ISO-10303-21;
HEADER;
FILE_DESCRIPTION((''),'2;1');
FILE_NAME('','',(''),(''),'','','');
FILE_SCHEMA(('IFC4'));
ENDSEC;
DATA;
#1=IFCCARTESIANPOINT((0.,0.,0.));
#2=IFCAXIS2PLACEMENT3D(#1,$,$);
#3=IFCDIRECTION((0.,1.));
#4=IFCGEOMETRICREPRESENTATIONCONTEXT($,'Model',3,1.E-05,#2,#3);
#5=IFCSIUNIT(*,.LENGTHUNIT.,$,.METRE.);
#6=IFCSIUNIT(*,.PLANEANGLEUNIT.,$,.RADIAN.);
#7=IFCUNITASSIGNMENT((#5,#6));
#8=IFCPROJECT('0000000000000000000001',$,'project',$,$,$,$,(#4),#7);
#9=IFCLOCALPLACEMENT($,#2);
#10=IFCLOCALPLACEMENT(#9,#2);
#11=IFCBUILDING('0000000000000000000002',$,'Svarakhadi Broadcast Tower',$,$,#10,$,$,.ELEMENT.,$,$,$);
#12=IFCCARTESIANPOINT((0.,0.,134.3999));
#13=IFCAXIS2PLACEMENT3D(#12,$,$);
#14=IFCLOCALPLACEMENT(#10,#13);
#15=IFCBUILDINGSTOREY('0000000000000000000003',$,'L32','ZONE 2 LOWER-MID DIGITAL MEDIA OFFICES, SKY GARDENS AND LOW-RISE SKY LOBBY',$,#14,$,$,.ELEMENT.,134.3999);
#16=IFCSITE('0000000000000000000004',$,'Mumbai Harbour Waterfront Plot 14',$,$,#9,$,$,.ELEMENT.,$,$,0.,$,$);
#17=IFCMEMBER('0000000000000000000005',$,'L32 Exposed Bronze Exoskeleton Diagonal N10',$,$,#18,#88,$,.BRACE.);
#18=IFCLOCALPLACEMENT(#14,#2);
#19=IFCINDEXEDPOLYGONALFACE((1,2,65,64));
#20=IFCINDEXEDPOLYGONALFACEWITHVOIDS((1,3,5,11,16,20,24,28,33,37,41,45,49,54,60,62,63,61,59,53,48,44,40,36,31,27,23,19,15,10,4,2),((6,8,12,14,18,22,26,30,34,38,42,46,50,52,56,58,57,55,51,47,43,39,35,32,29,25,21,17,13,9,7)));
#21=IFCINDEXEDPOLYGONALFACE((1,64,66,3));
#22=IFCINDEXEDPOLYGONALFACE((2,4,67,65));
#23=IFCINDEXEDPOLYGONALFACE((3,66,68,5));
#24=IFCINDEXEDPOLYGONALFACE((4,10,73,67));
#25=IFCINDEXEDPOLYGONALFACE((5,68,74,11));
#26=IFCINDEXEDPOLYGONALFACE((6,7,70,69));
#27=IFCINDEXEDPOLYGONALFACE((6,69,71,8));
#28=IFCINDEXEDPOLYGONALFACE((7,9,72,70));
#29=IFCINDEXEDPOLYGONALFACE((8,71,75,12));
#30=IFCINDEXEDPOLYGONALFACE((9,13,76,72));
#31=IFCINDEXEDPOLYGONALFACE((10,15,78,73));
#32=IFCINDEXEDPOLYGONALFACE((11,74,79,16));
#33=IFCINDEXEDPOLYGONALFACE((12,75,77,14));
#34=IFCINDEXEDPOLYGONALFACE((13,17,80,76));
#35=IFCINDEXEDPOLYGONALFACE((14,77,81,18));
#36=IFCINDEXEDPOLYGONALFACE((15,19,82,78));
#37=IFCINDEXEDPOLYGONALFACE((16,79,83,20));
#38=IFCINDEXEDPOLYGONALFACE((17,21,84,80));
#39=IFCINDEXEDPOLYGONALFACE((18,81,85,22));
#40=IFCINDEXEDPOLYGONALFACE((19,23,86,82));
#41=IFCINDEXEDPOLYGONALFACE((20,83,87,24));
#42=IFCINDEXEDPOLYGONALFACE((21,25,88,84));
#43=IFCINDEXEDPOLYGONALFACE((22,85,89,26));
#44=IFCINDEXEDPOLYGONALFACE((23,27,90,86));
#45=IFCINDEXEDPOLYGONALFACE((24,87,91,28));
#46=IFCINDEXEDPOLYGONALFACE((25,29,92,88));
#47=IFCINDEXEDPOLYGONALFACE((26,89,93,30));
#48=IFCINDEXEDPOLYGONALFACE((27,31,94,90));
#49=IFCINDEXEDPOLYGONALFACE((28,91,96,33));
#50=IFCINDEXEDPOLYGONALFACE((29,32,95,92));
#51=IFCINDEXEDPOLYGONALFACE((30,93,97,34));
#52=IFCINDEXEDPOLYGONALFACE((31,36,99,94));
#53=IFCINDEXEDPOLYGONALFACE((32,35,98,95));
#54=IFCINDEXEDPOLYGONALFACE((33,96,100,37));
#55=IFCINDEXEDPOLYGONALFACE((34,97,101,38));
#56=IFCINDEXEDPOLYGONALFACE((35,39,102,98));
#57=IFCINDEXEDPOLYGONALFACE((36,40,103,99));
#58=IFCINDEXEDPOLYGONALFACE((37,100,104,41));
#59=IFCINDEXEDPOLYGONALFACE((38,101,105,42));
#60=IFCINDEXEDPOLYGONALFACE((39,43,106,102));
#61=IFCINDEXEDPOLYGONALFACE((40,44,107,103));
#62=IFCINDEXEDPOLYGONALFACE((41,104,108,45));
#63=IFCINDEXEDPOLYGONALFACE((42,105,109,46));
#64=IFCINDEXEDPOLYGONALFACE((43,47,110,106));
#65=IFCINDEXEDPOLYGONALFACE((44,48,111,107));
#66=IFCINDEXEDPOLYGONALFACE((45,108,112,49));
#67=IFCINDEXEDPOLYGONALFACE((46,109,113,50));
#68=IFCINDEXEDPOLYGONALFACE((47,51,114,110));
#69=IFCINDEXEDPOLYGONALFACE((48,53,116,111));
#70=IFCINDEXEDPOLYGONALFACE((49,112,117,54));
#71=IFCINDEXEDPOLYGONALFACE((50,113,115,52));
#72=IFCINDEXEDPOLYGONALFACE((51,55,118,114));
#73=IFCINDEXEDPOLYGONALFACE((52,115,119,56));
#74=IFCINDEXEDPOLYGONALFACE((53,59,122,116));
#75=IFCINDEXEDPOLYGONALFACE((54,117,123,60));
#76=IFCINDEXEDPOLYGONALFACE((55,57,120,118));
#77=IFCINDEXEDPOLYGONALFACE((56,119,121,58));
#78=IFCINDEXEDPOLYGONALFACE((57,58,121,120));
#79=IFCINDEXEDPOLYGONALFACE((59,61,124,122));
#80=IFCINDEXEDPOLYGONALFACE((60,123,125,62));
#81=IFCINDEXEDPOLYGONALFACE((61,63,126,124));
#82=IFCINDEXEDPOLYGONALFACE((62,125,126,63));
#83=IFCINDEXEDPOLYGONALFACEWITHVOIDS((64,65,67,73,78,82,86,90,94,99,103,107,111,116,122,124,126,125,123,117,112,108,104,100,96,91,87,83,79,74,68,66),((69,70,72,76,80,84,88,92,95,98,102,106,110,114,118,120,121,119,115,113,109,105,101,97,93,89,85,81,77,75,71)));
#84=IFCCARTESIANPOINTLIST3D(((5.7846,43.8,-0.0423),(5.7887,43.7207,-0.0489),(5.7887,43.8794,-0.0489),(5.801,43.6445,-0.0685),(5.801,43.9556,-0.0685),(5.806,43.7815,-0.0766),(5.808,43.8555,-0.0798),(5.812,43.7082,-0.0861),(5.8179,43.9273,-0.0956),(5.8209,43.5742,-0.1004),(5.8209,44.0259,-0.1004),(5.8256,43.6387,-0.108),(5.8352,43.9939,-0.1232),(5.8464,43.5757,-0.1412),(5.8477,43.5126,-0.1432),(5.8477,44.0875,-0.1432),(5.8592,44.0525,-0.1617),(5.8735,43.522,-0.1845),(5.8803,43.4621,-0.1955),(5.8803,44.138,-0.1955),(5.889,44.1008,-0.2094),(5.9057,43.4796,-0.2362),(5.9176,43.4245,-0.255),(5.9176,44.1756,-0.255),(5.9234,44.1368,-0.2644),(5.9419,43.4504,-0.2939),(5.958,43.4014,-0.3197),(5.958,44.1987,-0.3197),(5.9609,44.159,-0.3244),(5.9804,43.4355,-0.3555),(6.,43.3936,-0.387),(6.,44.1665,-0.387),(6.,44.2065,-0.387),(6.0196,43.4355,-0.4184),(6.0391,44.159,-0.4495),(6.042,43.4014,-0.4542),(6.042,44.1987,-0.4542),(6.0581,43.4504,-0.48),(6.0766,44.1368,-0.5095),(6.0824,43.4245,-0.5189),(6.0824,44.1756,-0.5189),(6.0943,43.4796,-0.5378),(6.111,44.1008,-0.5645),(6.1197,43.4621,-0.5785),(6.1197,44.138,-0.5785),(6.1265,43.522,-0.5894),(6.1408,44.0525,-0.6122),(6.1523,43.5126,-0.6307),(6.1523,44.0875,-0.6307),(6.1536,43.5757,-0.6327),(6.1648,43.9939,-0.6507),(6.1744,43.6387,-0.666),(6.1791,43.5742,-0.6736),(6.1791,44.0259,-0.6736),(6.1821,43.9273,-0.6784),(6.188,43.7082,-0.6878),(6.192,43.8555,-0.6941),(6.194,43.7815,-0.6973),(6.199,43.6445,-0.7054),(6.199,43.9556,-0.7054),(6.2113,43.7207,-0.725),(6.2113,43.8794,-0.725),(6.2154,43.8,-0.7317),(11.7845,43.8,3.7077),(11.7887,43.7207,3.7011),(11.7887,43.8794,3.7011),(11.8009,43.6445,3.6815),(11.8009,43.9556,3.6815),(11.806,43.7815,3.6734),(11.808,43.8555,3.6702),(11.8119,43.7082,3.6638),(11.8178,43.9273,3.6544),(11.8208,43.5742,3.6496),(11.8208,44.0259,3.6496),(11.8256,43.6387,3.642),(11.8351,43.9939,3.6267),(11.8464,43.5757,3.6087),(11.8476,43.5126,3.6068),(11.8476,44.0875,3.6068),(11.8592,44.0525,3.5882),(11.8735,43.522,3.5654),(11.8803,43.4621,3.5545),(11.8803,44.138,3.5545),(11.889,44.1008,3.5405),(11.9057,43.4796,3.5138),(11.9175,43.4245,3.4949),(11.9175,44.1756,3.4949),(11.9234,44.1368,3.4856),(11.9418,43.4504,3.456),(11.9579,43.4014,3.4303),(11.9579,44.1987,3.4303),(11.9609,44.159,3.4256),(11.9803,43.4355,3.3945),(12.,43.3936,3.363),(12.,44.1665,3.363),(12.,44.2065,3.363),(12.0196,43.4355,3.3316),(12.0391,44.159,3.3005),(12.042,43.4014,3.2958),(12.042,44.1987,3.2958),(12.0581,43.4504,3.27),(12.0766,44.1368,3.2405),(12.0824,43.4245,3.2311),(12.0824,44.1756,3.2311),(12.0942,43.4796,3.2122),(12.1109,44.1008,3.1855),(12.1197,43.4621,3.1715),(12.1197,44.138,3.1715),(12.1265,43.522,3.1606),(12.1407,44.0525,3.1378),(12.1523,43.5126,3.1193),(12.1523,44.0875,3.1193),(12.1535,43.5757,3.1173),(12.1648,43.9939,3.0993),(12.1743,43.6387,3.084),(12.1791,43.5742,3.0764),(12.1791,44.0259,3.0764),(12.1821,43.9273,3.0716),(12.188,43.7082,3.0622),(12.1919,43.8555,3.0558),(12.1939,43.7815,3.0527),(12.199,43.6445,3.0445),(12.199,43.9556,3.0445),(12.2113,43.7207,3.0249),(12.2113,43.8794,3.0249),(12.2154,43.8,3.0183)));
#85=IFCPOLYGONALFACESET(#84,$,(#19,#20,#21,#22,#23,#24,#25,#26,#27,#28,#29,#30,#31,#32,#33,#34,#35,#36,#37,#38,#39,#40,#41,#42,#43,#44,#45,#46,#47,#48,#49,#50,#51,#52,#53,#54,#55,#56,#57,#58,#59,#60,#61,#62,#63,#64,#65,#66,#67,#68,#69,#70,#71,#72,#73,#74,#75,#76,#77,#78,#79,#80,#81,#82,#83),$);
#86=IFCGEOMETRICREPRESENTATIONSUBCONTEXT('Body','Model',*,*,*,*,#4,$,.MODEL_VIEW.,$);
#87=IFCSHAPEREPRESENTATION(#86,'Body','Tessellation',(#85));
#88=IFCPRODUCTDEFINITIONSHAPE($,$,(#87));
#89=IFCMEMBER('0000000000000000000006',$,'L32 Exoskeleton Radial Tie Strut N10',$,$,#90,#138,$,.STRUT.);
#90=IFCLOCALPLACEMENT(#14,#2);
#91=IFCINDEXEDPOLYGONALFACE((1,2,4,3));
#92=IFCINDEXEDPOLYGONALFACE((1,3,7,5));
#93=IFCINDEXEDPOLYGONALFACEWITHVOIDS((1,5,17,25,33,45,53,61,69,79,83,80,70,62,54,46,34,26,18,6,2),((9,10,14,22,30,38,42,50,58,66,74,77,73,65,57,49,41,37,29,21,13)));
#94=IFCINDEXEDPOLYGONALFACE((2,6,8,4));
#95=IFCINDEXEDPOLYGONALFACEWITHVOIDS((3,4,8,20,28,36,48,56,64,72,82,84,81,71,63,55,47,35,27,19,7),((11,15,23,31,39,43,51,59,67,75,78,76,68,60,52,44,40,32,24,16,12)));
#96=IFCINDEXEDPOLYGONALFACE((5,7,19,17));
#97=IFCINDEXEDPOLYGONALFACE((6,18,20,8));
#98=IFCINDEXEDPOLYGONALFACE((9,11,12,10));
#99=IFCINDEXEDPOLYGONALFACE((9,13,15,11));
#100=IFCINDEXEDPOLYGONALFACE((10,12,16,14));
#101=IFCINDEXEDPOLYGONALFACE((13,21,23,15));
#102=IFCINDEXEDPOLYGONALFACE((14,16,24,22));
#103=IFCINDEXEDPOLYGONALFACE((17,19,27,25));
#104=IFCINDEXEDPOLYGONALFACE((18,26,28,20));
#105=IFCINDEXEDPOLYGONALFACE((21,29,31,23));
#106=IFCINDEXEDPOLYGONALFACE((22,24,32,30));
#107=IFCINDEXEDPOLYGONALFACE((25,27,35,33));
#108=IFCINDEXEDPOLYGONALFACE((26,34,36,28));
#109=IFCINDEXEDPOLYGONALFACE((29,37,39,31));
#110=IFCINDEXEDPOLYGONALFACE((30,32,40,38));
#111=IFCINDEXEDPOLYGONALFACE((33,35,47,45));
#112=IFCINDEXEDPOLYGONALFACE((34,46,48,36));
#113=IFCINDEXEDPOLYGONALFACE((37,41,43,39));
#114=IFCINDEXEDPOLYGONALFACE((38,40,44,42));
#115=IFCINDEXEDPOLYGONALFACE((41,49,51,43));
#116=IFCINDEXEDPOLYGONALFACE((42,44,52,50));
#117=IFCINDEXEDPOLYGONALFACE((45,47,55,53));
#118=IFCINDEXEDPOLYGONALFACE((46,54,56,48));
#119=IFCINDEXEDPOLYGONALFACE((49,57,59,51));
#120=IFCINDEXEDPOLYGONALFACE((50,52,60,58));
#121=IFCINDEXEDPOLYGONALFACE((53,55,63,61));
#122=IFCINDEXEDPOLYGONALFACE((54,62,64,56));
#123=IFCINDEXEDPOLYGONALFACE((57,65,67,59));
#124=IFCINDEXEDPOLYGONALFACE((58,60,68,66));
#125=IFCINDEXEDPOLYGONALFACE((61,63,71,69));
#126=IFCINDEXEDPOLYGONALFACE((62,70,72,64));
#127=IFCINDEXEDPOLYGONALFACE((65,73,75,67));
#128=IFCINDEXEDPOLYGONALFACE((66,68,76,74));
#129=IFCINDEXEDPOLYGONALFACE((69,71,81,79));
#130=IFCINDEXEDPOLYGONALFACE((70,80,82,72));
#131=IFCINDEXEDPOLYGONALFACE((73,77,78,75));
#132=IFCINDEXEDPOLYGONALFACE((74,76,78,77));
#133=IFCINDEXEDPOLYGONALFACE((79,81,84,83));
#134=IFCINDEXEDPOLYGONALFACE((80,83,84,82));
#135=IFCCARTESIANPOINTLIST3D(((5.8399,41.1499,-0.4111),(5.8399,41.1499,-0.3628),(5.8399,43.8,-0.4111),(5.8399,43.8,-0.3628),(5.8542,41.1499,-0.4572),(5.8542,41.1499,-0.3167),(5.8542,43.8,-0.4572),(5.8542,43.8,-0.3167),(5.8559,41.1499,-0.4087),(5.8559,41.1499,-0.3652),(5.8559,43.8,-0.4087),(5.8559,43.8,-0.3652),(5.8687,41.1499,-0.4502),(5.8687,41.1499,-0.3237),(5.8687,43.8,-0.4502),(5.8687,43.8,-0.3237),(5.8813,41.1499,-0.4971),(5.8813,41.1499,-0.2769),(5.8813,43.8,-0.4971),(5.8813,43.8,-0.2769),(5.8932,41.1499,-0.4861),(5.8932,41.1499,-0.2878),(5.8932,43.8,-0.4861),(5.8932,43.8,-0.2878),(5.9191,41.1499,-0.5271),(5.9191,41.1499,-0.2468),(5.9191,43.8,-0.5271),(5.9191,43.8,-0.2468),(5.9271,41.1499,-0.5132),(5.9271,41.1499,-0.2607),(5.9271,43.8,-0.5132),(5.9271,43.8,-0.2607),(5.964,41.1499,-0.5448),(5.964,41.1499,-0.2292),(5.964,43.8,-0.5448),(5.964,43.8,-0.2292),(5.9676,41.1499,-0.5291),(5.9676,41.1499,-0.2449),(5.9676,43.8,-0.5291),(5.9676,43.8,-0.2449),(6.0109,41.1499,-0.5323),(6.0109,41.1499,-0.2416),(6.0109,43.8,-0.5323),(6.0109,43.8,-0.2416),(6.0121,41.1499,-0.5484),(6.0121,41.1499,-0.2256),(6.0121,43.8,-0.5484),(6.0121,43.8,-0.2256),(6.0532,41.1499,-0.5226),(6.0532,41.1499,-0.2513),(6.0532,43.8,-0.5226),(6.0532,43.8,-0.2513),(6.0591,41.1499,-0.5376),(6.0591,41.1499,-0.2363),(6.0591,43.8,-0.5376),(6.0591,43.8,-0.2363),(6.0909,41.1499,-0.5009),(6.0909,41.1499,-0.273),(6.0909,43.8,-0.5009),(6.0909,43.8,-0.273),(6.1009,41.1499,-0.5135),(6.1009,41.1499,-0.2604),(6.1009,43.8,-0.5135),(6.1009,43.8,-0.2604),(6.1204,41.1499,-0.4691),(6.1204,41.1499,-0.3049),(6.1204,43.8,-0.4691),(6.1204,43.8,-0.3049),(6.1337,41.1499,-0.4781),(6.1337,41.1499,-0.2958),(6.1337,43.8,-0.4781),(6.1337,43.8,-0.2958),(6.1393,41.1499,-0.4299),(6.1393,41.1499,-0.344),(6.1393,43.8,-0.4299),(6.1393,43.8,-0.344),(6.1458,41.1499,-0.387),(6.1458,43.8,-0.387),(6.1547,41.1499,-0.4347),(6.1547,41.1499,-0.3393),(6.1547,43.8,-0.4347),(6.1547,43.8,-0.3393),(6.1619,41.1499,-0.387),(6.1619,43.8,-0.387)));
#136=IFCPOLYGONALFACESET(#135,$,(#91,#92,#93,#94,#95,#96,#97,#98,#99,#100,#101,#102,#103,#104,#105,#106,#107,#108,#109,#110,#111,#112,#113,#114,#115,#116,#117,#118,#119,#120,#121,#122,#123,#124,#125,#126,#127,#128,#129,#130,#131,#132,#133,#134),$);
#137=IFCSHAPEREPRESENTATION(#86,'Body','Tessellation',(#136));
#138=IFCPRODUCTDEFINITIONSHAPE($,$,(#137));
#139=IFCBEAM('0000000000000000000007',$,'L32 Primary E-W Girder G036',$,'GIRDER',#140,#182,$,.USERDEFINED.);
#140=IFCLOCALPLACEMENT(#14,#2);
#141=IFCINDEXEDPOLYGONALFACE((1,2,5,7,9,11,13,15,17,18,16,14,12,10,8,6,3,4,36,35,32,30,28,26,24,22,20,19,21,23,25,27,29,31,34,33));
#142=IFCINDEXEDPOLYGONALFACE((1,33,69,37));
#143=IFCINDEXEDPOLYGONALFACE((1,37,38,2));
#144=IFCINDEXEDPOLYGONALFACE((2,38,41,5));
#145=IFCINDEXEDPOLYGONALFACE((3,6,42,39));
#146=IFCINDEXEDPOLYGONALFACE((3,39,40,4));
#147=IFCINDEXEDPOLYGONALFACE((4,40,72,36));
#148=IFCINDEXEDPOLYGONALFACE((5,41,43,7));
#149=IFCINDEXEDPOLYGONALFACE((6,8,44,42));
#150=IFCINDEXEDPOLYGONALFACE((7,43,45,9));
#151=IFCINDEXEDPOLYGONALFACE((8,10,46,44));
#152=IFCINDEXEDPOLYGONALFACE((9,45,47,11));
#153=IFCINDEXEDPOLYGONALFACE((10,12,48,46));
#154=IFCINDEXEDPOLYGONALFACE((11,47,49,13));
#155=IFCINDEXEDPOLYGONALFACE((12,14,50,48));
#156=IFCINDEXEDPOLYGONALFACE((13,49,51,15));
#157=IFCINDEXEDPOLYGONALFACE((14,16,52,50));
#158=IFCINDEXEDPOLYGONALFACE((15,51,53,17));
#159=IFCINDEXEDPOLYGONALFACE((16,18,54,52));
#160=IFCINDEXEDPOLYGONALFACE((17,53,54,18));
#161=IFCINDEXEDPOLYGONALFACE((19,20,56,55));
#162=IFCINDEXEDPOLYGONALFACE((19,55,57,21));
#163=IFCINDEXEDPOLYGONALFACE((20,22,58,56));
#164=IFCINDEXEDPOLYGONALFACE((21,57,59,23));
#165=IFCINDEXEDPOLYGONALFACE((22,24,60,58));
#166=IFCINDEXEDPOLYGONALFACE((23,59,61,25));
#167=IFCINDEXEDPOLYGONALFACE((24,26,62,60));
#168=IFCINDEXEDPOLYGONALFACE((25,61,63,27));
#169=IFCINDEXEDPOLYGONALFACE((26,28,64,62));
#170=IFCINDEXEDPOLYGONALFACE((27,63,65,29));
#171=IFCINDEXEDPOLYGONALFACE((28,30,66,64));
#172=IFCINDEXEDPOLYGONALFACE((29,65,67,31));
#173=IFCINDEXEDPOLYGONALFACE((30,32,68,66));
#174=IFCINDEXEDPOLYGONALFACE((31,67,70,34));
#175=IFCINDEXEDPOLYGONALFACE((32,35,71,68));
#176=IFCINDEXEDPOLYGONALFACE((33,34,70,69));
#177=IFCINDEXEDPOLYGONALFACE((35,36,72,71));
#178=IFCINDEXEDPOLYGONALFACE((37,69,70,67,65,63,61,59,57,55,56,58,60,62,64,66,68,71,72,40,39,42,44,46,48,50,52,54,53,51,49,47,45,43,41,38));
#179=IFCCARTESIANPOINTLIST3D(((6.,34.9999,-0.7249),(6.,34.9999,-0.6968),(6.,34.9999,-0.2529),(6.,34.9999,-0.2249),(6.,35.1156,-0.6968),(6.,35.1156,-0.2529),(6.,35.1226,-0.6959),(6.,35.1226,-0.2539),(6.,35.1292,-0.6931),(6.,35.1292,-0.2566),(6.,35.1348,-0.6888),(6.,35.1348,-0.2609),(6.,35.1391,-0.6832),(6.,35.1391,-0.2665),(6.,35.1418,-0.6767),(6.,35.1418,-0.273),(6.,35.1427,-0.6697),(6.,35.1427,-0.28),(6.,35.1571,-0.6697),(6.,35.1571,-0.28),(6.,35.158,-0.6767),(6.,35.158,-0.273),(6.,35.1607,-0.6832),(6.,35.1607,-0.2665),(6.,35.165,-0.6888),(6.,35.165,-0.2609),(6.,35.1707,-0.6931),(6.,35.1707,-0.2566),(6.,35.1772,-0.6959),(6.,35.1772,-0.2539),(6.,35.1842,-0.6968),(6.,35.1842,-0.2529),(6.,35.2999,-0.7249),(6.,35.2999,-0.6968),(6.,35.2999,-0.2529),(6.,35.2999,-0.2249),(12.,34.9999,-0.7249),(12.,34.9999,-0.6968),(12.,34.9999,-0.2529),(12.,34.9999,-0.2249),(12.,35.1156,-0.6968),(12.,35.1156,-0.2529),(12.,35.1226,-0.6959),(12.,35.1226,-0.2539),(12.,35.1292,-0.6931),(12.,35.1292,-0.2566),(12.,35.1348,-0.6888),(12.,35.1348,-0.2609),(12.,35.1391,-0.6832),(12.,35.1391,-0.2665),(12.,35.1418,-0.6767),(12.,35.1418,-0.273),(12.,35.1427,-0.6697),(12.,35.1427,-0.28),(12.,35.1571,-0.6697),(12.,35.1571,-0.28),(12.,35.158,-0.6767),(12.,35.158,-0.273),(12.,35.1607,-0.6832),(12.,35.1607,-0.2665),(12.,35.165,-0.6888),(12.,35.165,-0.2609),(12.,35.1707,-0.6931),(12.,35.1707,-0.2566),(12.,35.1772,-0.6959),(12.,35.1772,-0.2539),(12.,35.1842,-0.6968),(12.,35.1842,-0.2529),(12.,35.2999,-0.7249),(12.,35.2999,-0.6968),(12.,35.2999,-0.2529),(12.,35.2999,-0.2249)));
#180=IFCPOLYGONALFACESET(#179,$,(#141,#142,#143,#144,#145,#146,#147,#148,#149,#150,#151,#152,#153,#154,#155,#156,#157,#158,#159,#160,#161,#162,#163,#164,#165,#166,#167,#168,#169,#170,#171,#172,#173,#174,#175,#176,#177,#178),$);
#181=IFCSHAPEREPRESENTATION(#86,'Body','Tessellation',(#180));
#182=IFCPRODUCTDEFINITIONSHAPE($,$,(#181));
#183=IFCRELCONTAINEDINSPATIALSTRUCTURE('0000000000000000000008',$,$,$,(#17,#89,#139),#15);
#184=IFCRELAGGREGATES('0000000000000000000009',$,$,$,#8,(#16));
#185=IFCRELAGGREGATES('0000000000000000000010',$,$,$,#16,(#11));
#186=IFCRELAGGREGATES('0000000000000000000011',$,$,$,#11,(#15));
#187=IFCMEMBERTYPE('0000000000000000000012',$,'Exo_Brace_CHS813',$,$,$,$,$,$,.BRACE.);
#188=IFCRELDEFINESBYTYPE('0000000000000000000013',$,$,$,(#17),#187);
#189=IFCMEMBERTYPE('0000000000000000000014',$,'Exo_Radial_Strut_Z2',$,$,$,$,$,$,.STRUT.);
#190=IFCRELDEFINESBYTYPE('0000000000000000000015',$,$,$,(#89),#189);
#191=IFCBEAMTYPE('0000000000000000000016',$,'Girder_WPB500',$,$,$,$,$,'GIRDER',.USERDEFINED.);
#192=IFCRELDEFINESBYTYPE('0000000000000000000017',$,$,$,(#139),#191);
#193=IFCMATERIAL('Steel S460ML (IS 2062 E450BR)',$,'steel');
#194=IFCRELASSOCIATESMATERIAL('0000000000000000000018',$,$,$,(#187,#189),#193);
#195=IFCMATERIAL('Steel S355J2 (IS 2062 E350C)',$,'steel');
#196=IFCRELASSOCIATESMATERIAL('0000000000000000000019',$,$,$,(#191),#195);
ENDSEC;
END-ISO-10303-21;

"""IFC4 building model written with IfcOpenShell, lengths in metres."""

from ifc_helpers import new_model, si_unit, direction, frame, origin, origin_2d, place, context, subcontext, project, spatial, hollow_circle, i_section, extrude, material, material_profile, profile_set, type_object, element, save


model = new_model("IFC4")

# Units and contexts
model_context = context("Model", 3, precision=1e-05, world=origin(), true_north=direction((0.0, 1.0)))
body_context = subcontext(model_context, "Body", "Model", "MODEL_VIEW")
ifc_project = project(units=[si_unit("LENGTHUNIT", "METRE"), si_unit("PLANEANGLEUNIT", "RADIAN")], contexts=[model_context])

# Site, building, storey
site_placement = place(None, origin())
site = spatial("IfcSite", under=ifc_project, at=site_placement, Name="Mumbai Harbour Waterfront Plot 14", CompositionType="ELEMENT", RefElevation=0.0)
building_placement = place(site_placement, origin())
building = spatial("IfcBuilding", under=site, at=building_placement, Name="Svarakhadi Broadcast Tower", CompositionType="ELEMENT")
storey_placement = place(building_placement, frame((0.0, 0.0, 134.3999)))
storey = spatial("IfcBuildingStorey", under=building, at=storey_placement, Name="L32", Description="ZONE 2 LOWER-MID DIGITAL MEDIA OFFICES, SKY GARDENS AND LOW-RISE SKY LOBBY", CompositionType="ELEMENT", Elevation=134.3999)

# Shared definitions
ifc_material_1 = material(Name="Steel S460ML (IS 2062 E450BR)", Category="steel")

# Shared definitions
ifc_material_2 = material(Name="Steel S355J2 (IS 2062 E350C)", Category="steel")

# Members
ifc_material_profile_1 = material_profile(ifc_material_1, hollow_circle(Radius=0.4065, WallThickness=0.04, at=origin_2d()), Name="CHS 813x40")
ifc_profile_set_1 = profile_set([ifc_material_profile_1], Name="Steel S460ML (IS 2062 E450BR)")
member_type_1 = type_object("IfcMemberType", Name="Exo_Brace_CHS813", PredefinedType="BRACE", material=ifc_profile_set_1)
member_1_placement = place(storey_placement, frame((6.0, 43.8, -0.387), z_axis=(0.847998, 0.0, 0.529999), x_axis=(0.0, 1.0, 0.0)))
element("IfcMember", 1, at=member_1_placement, inside=storey, type_object=member_type_1, Name="L32 Exposed Bronze Exoskeleton Diagonal N10", PredefinedType="BRACE", context=body_context, shape_type="SweptSolid", body=[
    extrude(hollow_circle(Radius=0.4065, WallThickness=0.04, at=origin_2d()), origin(), (0.0, 0.0, 1.0), 7.0754),
])
ifc_material_profile_2 = material_profile(ifc_material_1, hollow_circle(Radius=0.1619, WallThickness=0.0161, at=origin_2d()), Name="CHS 323.9x16")
ifc_profile_set_2 = profile_set([ifc_material_profile_2], Name="Steel S460ML (IS 2062 E450BR)")
member_type_2 = type_object("IfcMemberType", Name="Exo_Radial_Strut_Z2", PredefinedType="STRUT", material=ifc_profile_set_2)
member_2_placement = place(storey_placement, frame((6.0, 43.8, -0.387), z_axis=(0.0, -1.0, 0.0), x_axis=(1.0, 0.0, 0.0)))
element("IfcMember", 2, at=member_2_placement, inside=storey, type_object=member_type_2, Name="L32 Exoskeleton Radial Tie Strut N10", PredefinedType="STRUT", context=body_context, shape_type="SweptSolid", body=[
    extrude(hollow_circle(Radius=0.1619, WallThickness=0.0161, at=origin_2d()), origin(), (0.0, 0.0, 1.0), 2.6501),
])

# Beam
ifc_material_profile_3 = material_profile(ifc_material_2, i_section(OverallWidth=0.3, OverallDepth=0.5, WebThickness=0.0144, FlangeThickness=0.0281, FilletRadius=0.0271, at=origin_2d()), Name="WPB 500x300x187")
ifc_profile_set_3 = profile_set([ifc_material_profile_3], Name="Steel S355J2 (IS 2062 E350C)")
beam_type_1 = type_object("IfcBeamType", Name="Girder_WPB500", ElementType="GIRDER", PredefinedType="USERDEFINED", material=ifc_profile_set_3)
for number, where, z_axis, x_axis, name in (
    (3, (6.0, 35.1499, -0.4749), (1.0, 0.0, 0.0), (0.0, 1.0, 0.0), "L32 Primary E-W Girder G036"),
):
    element("IfcBeam", number, at=place(storey_placement, frame(where, z_axis=z_axis, x_axis=x_axis)), inside=storey, type_object=beam_type_1, Name=name, ObjectType="GIRDER", PredefinedType="USERDEFINED", context=body_context, shape_type="SweptSolid", body=[
        extrude(i_section(OverallWidth=0.3, OverallDepth=0.5, WebThickness=0.0144, FlangeThickness=0.0281, FilletRadius=0.0271, at=origin_2d()), origin(), (0.0, 0.0, 1.0), 6.0),
    ])

save(model, "model.ifc")
